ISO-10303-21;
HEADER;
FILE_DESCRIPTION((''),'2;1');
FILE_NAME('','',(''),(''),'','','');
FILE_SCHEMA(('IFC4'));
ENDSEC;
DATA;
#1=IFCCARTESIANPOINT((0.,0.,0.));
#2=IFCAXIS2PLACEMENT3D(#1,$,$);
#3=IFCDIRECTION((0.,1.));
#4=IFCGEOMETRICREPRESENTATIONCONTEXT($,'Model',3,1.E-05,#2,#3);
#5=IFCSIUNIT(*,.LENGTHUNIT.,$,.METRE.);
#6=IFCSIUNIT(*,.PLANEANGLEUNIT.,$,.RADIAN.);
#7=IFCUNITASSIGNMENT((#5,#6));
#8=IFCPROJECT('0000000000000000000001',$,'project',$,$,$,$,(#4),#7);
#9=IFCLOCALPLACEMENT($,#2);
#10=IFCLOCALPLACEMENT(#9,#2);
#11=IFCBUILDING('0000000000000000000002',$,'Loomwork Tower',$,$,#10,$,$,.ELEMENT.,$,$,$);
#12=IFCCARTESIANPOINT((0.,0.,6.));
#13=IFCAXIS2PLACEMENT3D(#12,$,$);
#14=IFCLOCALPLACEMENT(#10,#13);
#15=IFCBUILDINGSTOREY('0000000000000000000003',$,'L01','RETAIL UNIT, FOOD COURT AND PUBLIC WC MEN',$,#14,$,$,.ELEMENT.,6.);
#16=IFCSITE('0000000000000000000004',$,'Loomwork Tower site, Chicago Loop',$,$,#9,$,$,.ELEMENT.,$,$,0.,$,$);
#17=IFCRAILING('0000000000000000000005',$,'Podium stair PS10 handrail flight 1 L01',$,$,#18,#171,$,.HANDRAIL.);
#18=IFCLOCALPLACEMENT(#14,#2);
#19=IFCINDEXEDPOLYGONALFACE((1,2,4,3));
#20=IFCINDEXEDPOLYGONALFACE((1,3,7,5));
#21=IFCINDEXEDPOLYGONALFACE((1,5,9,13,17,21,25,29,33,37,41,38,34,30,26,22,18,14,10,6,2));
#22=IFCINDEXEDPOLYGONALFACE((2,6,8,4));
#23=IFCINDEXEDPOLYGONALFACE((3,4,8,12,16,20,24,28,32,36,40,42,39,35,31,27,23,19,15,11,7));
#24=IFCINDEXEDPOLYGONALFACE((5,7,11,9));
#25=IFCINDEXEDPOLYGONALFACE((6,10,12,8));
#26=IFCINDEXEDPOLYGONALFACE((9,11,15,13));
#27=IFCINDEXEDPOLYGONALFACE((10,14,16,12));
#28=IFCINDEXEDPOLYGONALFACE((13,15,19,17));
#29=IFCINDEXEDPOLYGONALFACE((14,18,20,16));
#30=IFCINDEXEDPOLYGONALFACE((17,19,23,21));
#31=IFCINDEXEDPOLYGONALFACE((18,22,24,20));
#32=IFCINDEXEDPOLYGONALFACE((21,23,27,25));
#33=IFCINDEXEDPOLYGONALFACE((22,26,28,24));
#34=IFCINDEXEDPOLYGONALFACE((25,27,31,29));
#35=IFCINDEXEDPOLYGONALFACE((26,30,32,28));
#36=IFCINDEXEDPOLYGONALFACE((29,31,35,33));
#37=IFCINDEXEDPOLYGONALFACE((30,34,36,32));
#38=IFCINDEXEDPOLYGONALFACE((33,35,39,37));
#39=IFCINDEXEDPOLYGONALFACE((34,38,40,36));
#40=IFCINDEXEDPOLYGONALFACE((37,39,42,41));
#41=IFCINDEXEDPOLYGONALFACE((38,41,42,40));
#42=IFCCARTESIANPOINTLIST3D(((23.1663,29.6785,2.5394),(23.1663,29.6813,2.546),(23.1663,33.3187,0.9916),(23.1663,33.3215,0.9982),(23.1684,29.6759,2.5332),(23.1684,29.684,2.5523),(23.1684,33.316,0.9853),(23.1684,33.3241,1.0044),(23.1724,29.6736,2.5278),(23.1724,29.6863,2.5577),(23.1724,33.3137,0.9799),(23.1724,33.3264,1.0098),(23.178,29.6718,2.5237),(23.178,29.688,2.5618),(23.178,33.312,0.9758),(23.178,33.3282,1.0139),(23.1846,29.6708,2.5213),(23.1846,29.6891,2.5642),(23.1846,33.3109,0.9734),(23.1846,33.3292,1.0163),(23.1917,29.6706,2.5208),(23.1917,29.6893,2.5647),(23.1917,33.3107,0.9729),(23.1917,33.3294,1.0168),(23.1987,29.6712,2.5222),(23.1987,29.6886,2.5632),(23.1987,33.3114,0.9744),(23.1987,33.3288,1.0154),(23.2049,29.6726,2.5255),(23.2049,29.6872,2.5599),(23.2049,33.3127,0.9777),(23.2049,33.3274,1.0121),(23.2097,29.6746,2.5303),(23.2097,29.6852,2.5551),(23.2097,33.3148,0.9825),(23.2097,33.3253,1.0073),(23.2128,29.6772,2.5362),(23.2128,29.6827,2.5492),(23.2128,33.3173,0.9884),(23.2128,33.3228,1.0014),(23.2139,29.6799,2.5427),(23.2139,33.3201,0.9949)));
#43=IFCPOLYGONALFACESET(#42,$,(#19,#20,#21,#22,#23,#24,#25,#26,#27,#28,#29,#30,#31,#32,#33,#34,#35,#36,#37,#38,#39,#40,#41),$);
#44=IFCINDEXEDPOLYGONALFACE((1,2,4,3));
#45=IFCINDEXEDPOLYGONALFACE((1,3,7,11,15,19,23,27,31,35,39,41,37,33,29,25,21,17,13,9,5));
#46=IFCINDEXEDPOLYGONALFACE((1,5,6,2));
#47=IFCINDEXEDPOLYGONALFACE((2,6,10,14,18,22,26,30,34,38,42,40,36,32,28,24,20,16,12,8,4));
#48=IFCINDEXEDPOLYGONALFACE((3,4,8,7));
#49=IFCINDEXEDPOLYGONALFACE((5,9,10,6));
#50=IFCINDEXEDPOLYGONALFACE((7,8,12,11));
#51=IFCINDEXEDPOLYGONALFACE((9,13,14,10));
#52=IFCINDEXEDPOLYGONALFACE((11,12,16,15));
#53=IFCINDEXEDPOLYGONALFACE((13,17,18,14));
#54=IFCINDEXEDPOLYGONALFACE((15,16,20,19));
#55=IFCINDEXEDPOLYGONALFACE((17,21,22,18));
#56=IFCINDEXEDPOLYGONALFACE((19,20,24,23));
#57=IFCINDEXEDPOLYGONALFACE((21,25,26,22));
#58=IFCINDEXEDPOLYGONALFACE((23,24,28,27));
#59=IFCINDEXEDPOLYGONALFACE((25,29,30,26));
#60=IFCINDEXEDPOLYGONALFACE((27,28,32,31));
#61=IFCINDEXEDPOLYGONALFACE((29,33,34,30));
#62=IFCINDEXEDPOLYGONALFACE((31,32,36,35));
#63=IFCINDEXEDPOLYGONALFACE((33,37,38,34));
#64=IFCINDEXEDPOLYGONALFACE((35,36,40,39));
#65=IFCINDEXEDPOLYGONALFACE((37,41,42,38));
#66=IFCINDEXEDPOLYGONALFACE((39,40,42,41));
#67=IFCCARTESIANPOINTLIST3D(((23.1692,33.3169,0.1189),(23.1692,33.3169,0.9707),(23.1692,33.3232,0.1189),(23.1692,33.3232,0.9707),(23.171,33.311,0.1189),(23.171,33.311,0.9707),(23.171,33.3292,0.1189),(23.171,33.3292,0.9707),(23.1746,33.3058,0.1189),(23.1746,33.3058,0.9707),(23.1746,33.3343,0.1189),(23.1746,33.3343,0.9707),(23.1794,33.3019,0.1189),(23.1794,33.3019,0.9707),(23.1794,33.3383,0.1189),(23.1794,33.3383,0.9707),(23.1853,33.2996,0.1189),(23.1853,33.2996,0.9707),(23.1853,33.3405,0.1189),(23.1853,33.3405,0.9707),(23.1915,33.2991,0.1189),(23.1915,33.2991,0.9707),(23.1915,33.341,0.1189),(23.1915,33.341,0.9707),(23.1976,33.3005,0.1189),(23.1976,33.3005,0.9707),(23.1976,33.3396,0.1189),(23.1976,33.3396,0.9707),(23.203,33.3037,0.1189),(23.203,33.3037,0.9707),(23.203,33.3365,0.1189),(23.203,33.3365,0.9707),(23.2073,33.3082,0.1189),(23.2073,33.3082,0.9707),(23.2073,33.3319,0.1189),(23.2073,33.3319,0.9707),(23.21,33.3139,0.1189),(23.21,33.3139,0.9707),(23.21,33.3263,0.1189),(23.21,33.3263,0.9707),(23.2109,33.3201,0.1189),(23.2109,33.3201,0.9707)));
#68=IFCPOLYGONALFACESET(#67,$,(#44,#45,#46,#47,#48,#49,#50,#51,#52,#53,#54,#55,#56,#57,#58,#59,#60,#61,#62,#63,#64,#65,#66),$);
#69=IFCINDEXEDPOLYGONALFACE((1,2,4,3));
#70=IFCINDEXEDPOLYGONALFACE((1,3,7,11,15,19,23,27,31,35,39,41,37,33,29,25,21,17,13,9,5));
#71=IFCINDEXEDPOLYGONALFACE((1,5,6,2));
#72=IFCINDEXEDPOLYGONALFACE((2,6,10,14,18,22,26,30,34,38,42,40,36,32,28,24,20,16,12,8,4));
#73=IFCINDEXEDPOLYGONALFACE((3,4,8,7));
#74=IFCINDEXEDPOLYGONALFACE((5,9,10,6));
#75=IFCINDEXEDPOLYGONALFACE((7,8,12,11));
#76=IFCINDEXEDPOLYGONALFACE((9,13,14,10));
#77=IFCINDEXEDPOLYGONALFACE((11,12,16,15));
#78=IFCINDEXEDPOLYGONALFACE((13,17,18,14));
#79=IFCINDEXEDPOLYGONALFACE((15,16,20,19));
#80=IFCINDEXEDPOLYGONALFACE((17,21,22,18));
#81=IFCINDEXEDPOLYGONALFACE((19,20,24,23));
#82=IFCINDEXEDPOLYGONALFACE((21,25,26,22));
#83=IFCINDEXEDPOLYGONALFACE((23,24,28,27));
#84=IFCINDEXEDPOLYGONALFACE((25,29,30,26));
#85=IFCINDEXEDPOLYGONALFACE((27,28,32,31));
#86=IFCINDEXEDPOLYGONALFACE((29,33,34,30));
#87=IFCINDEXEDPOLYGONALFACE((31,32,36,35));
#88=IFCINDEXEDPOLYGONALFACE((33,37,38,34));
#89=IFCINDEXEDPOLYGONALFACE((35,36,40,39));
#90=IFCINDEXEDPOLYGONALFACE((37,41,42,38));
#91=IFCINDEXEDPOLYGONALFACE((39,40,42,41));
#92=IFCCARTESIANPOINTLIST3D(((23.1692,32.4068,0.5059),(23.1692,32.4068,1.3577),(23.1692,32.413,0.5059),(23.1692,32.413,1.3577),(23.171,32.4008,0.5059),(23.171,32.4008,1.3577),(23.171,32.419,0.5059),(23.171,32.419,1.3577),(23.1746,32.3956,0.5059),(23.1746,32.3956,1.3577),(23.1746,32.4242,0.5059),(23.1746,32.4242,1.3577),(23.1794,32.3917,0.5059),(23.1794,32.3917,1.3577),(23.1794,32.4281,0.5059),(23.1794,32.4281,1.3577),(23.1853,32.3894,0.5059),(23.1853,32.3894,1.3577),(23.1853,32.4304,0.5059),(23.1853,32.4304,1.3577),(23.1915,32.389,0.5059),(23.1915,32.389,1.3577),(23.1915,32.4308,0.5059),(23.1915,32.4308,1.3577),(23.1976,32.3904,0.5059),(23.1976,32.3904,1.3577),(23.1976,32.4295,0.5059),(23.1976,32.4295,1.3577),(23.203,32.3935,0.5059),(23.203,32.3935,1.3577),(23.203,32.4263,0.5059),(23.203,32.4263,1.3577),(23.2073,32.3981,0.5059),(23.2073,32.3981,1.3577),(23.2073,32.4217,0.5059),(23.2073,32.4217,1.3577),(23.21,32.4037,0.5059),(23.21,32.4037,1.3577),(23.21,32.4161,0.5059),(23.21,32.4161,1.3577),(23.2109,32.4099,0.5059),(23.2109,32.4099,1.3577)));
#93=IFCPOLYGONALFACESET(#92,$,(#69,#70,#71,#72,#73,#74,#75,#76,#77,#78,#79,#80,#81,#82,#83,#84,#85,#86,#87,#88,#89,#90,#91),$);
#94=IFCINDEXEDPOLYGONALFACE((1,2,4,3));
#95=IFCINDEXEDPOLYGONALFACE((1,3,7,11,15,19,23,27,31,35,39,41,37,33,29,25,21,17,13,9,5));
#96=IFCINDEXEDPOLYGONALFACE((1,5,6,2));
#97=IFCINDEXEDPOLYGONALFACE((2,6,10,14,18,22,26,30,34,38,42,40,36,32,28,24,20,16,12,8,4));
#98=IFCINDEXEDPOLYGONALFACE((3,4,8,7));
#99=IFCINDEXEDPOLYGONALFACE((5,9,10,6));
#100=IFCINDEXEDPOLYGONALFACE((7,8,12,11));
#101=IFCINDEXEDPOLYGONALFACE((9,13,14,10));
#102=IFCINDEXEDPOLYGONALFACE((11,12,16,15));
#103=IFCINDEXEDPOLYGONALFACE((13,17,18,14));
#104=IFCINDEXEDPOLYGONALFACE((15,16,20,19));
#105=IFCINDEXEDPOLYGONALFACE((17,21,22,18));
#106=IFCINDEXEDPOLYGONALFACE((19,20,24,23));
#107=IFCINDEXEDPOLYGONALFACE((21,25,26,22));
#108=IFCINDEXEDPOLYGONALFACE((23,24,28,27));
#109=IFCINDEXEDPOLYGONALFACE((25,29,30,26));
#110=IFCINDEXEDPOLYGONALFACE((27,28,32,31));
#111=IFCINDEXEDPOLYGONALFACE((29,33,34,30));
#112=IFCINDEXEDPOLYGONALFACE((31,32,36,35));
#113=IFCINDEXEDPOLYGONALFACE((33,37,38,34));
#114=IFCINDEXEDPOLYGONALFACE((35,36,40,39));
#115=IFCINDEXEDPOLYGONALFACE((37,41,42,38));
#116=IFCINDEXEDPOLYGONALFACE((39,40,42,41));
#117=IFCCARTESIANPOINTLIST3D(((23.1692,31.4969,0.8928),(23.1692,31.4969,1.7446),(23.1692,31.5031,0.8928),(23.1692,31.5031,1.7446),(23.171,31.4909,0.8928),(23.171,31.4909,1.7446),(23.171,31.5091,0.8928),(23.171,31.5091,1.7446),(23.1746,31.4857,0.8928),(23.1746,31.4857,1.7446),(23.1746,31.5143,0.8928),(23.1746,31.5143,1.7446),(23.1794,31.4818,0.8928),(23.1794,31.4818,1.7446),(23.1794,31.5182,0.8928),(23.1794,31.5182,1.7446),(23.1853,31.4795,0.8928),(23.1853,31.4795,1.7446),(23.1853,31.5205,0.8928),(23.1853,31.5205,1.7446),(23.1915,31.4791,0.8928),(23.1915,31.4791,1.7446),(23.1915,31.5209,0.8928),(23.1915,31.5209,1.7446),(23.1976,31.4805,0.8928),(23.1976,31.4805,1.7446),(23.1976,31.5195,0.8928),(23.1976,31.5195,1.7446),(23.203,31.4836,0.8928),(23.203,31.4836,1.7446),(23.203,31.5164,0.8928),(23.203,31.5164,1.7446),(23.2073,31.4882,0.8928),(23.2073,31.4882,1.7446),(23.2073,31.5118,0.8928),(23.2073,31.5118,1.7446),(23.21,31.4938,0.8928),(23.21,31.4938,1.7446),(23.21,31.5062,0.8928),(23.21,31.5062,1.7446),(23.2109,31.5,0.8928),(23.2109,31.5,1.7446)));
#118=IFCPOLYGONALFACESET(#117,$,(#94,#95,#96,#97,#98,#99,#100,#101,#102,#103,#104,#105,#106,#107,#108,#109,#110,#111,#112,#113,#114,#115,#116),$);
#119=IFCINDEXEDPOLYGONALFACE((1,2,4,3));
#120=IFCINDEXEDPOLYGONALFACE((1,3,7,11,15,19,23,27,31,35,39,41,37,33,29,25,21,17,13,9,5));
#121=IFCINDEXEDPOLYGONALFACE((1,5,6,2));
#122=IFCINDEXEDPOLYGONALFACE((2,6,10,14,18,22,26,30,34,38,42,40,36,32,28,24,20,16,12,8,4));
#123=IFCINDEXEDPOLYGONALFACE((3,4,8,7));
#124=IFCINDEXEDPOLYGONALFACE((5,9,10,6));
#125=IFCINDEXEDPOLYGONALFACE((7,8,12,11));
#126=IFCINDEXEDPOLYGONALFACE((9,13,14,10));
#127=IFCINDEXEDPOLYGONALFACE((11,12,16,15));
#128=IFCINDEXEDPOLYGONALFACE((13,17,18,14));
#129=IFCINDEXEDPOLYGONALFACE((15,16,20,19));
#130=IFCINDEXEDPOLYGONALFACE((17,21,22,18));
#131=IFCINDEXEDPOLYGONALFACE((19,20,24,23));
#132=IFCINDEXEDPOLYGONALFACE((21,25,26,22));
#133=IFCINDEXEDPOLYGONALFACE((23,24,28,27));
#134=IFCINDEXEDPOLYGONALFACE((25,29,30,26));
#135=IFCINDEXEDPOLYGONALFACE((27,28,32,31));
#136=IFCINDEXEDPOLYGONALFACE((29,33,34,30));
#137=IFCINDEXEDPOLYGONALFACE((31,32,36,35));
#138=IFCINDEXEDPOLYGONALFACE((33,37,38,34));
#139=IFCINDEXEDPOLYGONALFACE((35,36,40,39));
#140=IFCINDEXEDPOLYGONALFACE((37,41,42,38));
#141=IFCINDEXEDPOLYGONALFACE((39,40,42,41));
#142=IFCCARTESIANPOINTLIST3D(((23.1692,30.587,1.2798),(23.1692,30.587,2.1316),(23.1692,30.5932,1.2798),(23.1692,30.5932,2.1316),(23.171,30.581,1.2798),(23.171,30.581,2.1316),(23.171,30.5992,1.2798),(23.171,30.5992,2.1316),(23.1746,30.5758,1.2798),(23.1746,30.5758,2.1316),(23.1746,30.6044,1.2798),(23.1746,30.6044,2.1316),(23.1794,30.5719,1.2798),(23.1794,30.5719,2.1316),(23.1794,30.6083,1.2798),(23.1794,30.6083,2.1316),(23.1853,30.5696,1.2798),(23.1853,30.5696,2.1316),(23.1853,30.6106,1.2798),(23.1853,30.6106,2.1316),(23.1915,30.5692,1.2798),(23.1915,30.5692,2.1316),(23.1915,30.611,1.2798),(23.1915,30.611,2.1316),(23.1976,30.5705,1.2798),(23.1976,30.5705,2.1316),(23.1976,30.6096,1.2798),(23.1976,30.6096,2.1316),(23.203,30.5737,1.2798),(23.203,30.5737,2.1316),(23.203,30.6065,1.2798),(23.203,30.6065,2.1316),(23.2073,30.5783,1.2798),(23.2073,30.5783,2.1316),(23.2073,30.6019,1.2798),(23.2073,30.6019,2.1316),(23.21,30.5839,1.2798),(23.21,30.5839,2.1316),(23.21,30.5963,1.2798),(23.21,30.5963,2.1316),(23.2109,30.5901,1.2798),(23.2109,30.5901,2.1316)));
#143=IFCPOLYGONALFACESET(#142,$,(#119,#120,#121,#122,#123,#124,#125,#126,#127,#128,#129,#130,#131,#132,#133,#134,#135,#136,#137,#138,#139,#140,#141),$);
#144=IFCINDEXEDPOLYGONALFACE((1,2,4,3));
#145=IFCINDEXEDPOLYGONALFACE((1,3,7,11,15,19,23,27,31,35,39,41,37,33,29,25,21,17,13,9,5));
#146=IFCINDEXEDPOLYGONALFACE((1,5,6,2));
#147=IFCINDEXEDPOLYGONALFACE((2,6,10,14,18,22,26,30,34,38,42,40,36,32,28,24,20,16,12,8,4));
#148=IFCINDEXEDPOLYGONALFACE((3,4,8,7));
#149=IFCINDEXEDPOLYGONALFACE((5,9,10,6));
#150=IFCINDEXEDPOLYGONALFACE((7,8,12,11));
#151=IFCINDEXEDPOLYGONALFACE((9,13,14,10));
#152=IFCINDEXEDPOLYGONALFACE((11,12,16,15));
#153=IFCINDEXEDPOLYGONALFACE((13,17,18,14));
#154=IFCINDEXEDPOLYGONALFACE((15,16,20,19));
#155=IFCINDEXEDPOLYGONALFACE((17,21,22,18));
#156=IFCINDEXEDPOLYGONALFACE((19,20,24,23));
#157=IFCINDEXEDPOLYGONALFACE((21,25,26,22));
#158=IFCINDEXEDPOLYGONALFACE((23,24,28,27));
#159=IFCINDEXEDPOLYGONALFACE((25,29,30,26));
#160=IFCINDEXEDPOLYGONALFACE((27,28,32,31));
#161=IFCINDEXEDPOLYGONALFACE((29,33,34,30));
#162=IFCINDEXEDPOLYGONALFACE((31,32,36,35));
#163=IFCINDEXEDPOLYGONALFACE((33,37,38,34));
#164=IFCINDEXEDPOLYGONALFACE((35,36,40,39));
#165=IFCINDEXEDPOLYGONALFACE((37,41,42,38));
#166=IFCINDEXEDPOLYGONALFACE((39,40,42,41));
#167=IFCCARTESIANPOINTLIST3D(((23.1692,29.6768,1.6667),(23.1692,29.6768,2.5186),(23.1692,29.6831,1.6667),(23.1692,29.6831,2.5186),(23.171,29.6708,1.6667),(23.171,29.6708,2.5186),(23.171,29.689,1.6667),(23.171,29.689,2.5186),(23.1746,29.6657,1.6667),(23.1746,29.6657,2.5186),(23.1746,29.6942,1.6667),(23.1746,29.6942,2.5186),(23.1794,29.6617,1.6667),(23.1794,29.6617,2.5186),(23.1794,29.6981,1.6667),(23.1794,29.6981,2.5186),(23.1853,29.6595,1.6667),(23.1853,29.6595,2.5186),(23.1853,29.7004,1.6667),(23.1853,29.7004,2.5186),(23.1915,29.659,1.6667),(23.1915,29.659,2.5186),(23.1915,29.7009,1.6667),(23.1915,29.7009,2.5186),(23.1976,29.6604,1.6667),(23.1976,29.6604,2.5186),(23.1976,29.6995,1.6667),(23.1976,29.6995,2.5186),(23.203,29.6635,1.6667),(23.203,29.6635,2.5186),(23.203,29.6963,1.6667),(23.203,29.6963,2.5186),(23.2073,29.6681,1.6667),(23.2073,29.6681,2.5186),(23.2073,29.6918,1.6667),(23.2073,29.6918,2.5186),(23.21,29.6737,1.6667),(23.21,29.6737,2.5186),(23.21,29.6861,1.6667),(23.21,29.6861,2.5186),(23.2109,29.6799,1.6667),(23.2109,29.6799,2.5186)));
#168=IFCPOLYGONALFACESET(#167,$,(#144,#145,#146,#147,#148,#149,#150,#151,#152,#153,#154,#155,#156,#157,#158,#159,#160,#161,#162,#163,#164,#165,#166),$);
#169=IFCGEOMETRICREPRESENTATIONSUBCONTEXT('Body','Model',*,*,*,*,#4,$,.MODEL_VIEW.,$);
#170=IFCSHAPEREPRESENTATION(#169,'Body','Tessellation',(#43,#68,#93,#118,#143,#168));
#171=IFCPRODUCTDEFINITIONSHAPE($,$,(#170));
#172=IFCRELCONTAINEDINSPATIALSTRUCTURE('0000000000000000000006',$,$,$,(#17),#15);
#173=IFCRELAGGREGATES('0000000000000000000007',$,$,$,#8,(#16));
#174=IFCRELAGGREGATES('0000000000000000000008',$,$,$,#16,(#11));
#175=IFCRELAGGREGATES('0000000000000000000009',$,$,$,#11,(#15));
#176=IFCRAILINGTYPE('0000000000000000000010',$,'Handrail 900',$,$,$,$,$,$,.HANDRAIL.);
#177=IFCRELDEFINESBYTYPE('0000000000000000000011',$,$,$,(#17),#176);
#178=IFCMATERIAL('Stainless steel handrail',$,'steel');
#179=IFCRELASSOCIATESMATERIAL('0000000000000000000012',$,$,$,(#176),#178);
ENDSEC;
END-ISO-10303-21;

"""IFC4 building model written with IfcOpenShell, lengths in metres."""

from ifc_helpers import new_model, si_unit, direction, frame, origin, origin_2d, place, context, subcontext, project, spatial, circle, extrude, material, type_object, element, save


model = new_model("IFC4")

# Units and contexts
model_context = context("Model", 3, precision=1e-05, world=origin(), true_north=direction((0.0, 1.0)))
body_context = subcontext(model_context, "Body", "Model", "MODEL_VIEW")
ifc_project = project(units=[si_unit("LENGTHUNIT", "METRE"), si_unit("PLANEANGLEUNIT", "RADIAN")], contexts=[model_context])

# Site, building, storey
site_placement = place(None, origin())
site = spatial("IfcSite", under=ifc_project, at=site_placement, Name="Loomwork Tower site, Chicago Loop", CompositionType="ELEMENT", RefElevation=0.0)
building_placement = place(site_placement, origin())
building = spatial("IfcBuilding", under=site, at=building_placement, Name="Loomwork Tower", CompositionType="ELEMENT")
storey_placement = place(building_placement, frame((0.0, 0.0, 6.0)))
storey = spatial("IfcBuildingStorey", under=building, at=storey_placement, Name="L01", Description="RETAIL UNIT, FOOD COURT AND PUBLIC WC MEN", CompositionType="ELEMENT", Elevation=6.0)

# Railing
ifc_material_1 = material(Name="Stainless steel handrail", Category="steel")
railing_type = type_object("IfcRailingType", Name="Handrail 900", PredefinedType="HANDRAIL", material=ifc_material_1)
railing_1_placement = place(storey_placement, frame((23.1899, 33.3201, 0.1189)))
element("IfcRailing", 1, at=railing_1_placement, inside=storey, type_object=railing_type, Name="Podium stair PS10 handrail flight 1 L01", PredefinedType="HANDRAIL", context=body_context, shape_type="SweptSolid", body=[
    extrude(circle(Radius=0.0239, at=origin_2d()), frame((0.0, 0.0, 0.876), z_axis=(0.0, -0.920259, 0.391311), x_axis=(1.0, 0.0, 0.0)), (0.0, 0.0, 1.0), 3.9556),
    extrude(circle(Radius=0.021, at=origin_2d()), origin(), (0.0, 0.0, 1.0), 0.8518),
    extrude(circle(Radius=0.021, at=origin_2d()), frame((0.0, -0.9102, 0.387)), (0.0, 0.0, 1.0), 0.8518),
    extrude(circle(Radius=0.021, at=origin_2d()), frame((0.0, -1.8201, 0.7739)), (0.0, 0.0, 1.0), 0.8518),
    extrude(circle(Radius=0.021, at=origin_2d()), frame((0.0, -2.73, 1.1609)), (0.0, 0.0, 1.0), 0.8518),
    extrude(circle(Radius=0.021, at=origin_2d()), frame((0.0, -3.6401, 1.5479)), (0.0, 0.0, 1.0), 0.8518),
])

save(model, "model.ifc")
